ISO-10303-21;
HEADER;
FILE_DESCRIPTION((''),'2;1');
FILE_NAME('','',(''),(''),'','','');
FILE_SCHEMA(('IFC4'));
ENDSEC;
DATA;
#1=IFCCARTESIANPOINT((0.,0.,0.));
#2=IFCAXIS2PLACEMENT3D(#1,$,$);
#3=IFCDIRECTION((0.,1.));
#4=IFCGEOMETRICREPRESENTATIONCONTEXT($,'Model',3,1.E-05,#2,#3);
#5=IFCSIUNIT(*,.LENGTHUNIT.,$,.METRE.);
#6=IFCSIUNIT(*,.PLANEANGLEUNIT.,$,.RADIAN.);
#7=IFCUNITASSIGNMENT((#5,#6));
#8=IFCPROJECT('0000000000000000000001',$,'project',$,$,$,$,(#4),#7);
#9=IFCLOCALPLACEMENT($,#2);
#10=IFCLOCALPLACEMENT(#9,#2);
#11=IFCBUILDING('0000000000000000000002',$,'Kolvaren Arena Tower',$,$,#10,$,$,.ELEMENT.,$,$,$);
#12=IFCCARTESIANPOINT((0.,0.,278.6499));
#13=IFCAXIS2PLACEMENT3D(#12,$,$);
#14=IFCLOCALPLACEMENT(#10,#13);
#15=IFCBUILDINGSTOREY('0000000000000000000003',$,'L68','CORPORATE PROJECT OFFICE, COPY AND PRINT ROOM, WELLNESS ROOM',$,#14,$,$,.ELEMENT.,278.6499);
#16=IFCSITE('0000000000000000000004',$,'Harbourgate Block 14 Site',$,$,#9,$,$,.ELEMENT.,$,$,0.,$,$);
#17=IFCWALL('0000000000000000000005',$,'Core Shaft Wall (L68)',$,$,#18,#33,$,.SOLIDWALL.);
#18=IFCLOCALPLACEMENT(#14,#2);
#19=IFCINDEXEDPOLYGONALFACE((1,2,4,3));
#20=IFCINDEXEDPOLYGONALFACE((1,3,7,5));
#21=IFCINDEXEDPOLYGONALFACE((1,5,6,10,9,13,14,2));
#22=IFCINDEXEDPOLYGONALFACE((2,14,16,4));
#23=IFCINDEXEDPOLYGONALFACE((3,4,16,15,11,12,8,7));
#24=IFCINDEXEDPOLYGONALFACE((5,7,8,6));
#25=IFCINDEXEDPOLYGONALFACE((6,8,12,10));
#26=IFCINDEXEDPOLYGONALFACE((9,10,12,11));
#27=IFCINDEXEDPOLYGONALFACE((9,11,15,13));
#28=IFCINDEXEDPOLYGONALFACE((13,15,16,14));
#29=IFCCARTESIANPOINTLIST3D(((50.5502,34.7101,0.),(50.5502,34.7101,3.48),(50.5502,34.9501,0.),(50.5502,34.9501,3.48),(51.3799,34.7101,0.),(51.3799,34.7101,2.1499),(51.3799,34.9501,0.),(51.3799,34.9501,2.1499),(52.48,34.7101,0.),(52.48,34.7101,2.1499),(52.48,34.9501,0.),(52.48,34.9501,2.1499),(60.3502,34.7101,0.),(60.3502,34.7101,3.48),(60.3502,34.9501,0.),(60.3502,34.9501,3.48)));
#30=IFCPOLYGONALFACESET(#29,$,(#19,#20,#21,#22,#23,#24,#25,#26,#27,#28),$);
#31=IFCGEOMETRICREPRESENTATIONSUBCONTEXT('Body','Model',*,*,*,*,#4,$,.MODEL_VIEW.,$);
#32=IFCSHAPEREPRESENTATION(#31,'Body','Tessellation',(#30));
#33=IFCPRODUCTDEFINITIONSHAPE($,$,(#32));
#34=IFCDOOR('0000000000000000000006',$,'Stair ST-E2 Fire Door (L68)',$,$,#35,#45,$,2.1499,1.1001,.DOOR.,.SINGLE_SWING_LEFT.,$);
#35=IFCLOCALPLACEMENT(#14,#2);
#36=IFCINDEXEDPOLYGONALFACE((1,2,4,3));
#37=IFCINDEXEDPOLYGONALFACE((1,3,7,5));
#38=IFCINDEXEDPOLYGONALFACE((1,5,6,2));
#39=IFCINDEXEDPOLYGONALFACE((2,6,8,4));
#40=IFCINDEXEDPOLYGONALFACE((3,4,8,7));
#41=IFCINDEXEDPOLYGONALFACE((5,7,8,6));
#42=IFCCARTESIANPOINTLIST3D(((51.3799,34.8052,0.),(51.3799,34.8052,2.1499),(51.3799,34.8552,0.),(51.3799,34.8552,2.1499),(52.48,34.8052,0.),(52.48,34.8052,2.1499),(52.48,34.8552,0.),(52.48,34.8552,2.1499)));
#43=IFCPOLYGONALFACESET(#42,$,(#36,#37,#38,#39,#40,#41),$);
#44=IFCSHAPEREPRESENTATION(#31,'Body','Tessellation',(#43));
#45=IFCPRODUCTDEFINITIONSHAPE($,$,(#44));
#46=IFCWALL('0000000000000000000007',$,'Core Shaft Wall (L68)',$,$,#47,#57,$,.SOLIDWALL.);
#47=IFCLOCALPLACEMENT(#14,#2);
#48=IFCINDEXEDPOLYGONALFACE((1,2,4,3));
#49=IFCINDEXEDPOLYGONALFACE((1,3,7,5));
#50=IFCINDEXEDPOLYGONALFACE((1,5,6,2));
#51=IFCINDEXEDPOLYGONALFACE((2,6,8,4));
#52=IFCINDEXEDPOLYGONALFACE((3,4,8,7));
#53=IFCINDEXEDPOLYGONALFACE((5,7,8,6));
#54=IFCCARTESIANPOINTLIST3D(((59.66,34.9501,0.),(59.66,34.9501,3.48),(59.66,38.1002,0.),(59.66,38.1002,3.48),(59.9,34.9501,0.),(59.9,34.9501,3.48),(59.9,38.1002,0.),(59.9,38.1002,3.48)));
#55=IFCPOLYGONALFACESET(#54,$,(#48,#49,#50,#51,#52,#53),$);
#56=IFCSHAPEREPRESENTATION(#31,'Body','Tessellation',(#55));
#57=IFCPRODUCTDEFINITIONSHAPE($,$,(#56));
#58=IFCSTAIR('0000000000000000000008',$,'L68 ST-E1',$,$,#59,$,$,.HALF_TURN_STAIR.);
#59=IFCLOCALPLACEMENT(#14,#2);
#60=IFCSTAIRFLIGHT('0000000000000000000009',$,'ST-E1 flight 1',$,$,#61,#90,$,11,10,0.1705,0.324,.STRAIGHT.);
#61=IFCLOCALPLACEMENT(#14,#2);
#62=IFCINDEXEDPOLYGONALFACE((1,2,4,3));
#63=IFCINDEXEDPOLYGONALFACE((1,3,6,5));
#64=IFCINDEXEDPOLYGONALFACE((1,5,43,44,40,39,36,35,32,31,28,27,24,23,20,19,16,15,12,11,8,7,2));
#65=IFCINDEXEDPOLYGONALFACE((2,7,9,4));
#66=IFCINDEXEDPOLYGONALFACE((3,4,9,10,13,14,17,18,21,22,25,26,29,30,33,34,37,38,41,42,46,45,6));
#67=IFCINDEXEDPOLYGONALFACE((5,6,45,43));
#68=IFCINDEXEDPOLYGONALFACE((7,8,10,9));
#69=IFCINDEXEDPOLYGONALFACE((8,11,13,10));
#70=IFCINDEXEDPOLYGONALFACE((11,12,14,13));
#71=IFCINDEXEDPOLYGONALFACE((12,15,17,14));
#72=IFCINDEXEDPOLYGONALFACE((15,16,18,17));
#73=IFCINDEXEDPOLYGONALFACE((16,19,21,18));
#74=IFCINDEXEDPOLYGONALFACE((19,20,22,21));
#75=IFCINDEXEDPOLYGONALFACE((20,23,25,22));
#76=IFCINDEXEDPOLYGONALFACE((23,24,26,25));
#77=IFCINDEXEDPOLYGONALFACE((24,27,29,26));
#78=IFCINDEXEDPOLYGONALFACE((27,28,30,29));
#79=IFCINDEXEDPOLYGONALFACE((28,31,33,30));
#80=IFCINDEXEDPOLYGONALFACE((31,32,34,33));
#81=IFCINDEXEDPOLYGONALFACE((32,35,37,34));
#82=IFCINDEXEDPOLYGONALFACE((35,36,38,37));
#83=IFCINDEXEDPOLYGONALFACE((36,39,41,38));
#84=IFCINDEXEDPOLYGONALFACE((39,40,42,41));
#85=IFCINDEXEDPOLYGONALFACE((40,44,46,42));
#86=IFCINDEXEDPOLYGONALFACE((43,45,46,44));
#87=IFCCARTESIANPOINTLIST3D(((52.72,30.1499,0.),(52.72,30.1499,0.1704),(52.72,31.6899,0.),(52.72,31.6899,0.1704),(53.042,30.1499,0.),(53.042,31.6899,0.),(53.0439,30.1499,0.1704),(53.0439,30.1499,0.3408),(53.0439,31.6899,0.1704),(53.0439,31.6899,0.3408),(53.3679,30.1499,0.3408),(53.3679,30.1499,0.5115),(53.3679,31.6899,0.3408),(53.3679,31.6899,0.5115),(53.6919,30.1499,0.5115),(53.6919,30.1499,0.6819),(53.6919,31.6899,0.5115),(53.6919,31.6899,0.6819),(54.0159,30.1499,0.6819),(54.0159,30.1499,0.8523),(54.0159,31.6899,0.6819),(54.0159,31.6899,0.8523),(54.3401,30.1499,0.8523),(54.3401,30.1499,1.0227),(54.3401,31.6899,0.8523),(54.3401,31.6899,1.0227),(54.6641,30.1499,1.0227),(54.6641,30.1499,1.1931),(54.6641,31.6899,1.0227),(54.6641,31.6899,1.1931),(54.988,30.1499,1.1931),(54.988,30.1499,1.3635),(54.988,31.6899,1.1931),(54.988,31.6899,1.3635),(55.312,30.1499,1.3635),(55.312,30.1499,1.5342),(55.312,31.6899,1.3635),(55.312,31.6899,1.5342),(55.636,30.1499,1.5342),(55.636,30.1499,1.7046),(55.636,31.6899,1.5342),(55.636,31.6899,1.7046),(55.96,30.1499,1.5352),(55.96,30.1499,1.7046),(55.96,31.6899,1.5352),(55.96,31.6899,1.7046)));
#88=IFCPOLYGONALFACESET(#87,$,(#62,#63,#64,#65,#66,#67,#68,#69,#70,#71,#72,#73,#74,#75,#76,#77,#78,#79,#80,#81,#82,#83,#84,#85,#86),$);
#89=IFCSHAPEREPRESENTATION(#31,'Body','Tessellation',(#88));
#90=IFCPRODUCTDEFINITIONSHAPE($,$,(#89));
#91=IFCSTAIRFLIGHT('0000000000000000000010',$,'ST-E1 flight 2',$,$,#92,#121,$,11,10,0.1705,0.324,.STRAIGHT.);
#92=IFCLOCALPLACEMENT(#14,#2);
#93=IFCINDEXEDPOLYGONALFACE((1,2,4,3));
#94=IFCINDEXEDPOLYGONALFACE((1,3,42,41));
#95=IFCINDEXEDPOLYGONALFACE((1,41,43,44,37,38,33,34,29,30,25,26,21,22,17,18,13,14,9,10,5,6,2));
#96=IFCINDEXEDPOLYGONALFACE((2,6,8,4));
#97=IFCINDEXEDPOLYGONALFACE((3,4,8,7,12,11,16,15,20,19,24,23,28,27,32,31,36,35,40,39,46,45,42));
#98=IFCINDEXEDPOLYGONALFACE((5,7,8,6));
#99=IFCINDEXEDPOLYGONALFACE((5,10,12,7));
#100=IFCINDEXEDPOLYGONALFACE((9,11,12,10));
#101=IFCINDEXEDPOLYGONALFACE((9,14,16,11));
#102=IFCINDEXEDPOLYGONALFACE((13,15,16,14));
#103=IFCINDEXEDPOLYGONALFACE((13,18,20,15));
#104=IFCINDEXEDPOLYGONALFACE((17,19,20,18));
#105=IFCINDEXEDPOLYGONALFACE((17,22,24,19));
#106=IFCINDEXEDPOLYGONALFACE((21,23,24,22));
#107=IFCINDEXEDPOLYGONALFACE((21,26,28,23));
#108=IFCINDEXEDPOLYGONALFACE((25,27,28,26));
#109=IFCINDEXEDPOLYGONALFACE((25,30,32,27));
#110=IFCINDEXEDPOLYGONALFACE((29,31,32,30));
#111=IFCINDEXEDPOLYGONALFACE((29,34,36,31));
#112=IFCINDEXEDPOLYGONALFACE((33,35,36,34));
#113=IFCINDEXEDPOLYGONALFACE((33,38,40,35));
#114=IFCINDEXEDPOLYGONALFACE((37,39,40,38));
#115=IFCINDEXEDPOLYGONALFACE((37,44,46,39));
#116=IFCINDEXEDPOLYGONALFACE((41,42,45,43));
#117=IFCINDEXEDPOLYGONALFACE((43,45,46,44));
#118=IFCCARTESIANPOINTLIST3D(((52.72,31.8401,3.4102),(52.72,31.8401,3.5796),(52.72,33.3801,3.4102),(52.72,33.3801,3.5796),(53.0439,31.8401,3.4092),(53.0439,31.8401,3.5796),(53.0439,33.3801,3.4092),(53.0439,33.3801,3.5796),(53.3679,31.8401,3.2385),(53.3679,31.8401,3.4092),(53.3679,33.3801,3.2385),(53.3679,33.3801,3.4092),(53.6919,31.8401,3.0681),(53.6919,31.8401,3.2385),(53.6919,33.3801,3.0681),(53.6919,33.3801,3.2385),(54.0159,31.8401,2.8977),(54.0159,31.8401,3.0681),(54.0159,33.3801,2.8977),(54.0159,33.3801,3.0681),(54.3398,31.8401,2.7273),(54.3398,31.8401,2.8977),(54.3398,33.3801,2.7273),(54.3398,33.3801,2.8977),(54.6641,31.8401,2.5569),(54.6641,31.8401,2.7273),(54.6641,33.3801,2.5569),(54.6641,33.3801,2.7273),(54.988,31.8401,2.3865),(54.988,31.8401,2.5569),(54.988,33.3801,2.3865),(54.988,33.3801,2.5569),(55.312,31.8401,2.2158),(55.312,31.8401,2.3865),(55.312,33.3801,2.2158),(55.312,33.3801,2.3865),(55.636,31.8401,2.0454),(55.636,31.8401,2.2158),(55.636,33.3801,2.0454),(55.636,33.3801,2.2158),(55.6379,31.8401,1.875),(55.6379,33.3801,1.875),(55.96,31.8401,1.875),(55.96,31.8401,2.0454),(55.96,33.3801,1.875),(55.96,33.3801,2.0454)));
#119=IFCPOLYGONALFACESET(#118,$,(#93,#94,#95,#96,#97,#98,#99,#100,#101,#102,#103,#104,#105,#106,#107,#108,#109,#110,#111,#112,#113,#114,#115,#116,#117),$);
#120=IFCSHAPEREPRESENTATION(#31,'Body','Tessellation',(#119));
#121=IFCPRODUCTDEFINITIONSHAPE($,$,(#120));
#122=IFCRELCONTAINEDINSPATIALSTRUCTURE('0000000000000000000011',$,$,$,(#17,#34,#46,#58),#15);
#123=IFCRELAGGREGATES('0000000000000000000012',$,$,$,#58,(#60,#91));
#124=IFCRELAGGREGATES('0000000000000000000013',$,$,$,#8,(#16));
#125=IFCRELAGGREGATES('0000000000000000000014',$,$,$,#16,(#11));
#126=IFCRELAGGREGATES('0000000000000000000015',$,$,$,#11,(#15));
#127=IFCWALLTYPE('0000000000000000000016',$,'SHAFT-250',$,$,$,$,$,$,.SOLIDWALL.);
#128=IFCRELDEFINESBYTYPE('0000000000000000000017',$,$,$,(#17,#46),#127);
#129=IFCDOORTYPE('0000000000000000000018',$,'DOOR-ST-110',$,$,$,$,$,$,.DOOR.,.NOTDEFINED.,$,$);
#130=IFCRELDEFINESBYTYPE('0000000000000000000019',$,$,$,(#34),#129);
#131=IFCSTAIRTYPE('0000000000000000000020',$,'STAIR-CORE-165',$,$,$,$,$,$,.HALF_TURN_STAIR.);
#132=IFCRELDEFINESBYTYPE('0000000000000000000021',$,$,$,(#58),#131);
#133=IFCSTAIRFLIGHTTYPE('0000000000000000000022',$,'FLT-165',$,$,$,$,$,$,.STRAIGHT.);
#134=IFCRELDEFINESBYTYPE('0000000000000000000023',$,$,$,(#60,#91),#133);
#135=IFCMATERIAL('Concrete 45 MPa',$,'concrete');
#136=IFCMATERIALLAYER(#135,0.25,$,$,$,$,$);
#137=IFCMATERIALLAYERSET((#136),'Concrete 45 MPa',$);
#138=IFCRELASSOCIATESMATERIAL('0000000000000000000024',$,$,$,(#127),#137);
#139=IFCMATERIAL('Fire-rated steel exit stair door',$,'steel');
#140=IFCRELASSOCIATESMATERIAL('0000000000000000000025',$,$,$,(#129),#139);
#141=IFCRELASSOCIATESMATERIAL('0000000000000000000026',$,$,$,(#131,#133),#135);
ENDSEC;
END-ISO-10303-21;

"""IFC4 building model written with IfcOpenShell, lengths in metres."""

from ifc_helpers import new_model, si_unit, direction, frame, frame_2d, origin, place, context, subcontext, project, spatial, polyline, rectangle, outline, extrude, material, layer, layer_set, type_object, element, fill, aggregate, save


model = new_model("IFC4")

# Units and contexts
model_context = context("Model", 3, precision=1e-05, world=origin(), true_north=direction((0.0, 1.0)))
body_context = subcontext(model_context, "Body", "Model", "MODEL_VIEW")
ifc_project = project(units=[si_unit("LENGTHUNIT", "METRE"), si_unit("PLANEANGLEUNIT", "RADIAN")], contexts=[model_context])

# Site, building, storey
site_placement = place(None, origin())
site = spatial("IfcSite", under=ifc_project, at=site_placement, Name="Harbourgate Block 14 Site", CompositionType="ELEMENT", RefElevation=0.0)
building_placement = place(site_placement, origin())
building = spatial("IfcBuilding", under=site, at=building_placement, Name="Kolvaren Arena Tower", CompositionType="ELEMENT")
storey_placement = place(building_placement, frame((0.0, 0.0, 278.6499)))
storey = spatial("IfcBuildingStorey", under=building, at=storey_placement, Name="L68", Description="CORPORATE PROJECT OFFICE, COPY AND PRINT ROOM, WELLNESS ROOM", CompositionType="ELEMENT", Elevation=278.6499)

# Shared definitions
ifc_material_1 = material(Name="Concrete 45 MPa", Category="concrete")
ifc_layer = layer(ifc_material_1, 0.25)
ifc_layer_set = layer_set([ifc_layer], Name="Concrete 45 MPa")
wall_type = type_object("IfcWallType", Name="SHAFT-250", PredefinedType="SOLIDWALL", material=ifc_layer_set)
ifc_material_2 = material(Name="Fire-rated steel exit stair door", Category="steel")
door_type = type_object("IfcDoorType", Name="DOOR-ST-110", OperationType="NOTDEFINED", PredefinedType="DOOR", material=ifc_material_2)

# Wall, opening, door
wall_1_placement = place(storey_placement, frame((60.3501, 34.8301, 0.0), z_axis=(0.0, 0.0, 1.0), x_axis=(-1.0, 0.0, 0.0)))
wall_1 = element("IfcWall", 1, at=wall_1_placement, inside=storey, type_object=wall_type, Name="Core Shaft Wall (L68)", PredefinedType="SOLIDWALL", context=body_context, shape_type="SweptSolid", body=[
    extrude(rectangle(XDim=9.8, YDim=0.24, at=frame_2d((4.8999, 0.0))), origin(), (0.0, 0.0, 1.0), 3.48),
])
opening_1_placement = place(wall_1_placement, frame((7.8701, 0.0, 0.0)))
opening_1 = element("IfcOpeningElement", 2, at=opening_1_placement, cuts=wall_1, PredefinedType="OPENING", context=body_context, shape_type="SweptSolid", body=[
    extrude(rectangle(XDim=1.1001, YDim=2.1499, at=frame_2d((0.55, 1.075))), frame((0.0, 0.1299, 0.0), z_axis=(0.0, -1.0, 0.0), x_axis=(1.0, 0.0, 0.0)), (0.0, 0.0, 1.0), 0.26),
])
door_1_placement = place(opening_1_placement, origin())
door_1 = element("IfcDoor", 3, at=door_1_placement, inside=storey, type_object=door_type, Name="Stair ST-E2 Fire Door (L68)", OperationType="SINGLE_SWING_LEFT", OverallHeight=2.1499, OverallWidth=1.1001, PredefinedType="DOOR", context=body_context, shape_type="SweptSolid", body=[
    extrude(rectangle(XDim=1.1001, YDim=2.1499, at=frame_2d((0.55, 1.075))), frame((0.0, 0.0249, 0.0), z_axis=(0.0, -1.0, 0.0), x_axis=(1.0, 0.0, 0.0)), (0.0, 0.0, 1.0), 0.05),
])
fill(opening_1, door_1)

# Wall
wall_2_placement = place(storey_placement, frame((59.78, 34.95, 0.0), z_axis=(0.0, 0.0, 1.0), x_axis=(0.0, 1.0, 0.0)))
element("IfcWall", 4, at=wall_2_placement, inside=storey, type_object=wall_type, Name="Core Shaft Wall (L68)", PredefinedType="SOLIDWALL", context=body_context, shape_type="SweptSolid", body=[
    extrude(rectangle(XDim=3.1501, YDim=0.24, at=frame_2d((1.5752, 0.0))), origin(), (0.0, 0.0, 1.0), 3.48),
])

# Stair, stair flights
stair_type = type_object("IfcStairType", Name="STAIR-CORE-165", PredefinedType="HALF_TURN_STAIR", material=ifc_material_1)
stair_placement = place(storey_placement, origin())
stair = element("IfcStair", 5, at=stair_placement, inside=storey, type_object=stair_type, Name="L68 ST-E1", PredefinedType="HALF_TURN_STAIR")
stair_flight_type = type_object("IfcStairFlightType", Name="FLT-165", PredefinedType="STRAIGHT", material=ifc_material_1)
stair_flight_1_placement = place(storey_placement, frame((52.72, 30.9199, 0.0), z_axis=(0.0, 0.0, 1.0), x_axis=(1.0, 0.0, 0.0)))
stair_flight_1 = element("IfcStairFlight", 6, at=stair_flight_1_placement, type_object=stair_flight_type, Name="ST-E1 flight 1", NumberOfRisers=11, NumberOfTreads=10, PredefinedType="STRAIGHT", RiserHeight=0.1705, TreadLength=0.324, context=body_context, shape_type="SweptSolid", body=[
    extrude(outline(polyline([(0.0, 0.0), (0.0, 0.1704), (0.324, 0.1704), (0.324, 0.3408), (0.6479, 0.3408), (0.6479, 0.5115), (0.9719, 0.5115), (0.9719, 0.6819), (1.2959, 0.6819), (1.2959, 0.8523), (1.6201, 0.8523), (1.6201, 1.0227), (1.9441, 1.0227), (1.9441, 1.1931), (2.2681, 1.1931), (2.2681, 1.3635), (2.592, 1.3635), (2.592, 1.5342), (2.916, 1.5342), (2.916, 1.7046), (3.24, 1.7046), (3.24, 1.875), (3.24, 1.5352), (0.322, 0.0), (0.0, 0.0)])), frame((0.0, 0.77, 0.0), z_axis=(0.0, -1.0, 0.0), x_axis=(1.0, 0.0, 0.0)), (0.0, 0.0, 1.0), 1.54),
])
stair_flight_2_placement = place(storey_placement, frame((55.96, 32.6101, 1.875), z_axis=(0.0, 0.0, 1.0), x_axis=(-1.0, 0.0, 0.0)))
stair_flight_2 = element("IfcStairFlight", 7, at=stair_flight_2_placement, type_object=stair_flight_type, Name="ST-E1 flight 2", NumberOfRisers=11, NumberOfTreads=10, PredefinedType="STRAIGHT", RiserHeight=0.1705, TreadLength=0.324, context=body_context, shape_type="SweptSolid", body=[
    extrude(outline(polyline([(0.0, 0.0), (0.0, 0.1704), (0.324, 0.1704), (0.324, 0.3408), (0.6479, 0.3408), (0.6479, 0.5115), (0.9719, 0.5115), (0.9719, 0.6819), (1.2959, 0.6819), (1.2959, 0.8523), (1.6201, 0.8523), (1.6201, 1.0227), (1.9441, 1.0227), (1.9441, 1.1931), (2.2681, 1.1931), (2.2681, 1.3635), (2.592, 1.3635), (2.592, 1.5342), (2.916, 1.5342), (2.916, 1.7046), (3.24, 1.7046), (3.24, 1.875), (3.24, 1.5352), (0.322, 0.0), (0.0, 0.0)])), frame((0.0, 0.77, 0.0), z_axis=(0.0, -1.0, 0.0), x_axis=(1.0, 0.0, 0.0)), (0.0, 0.0, 1.0), 1.54),
])
aggregate(stair, [stair_flight_1, stair_flight_2])

save(model, "model.ifc")
